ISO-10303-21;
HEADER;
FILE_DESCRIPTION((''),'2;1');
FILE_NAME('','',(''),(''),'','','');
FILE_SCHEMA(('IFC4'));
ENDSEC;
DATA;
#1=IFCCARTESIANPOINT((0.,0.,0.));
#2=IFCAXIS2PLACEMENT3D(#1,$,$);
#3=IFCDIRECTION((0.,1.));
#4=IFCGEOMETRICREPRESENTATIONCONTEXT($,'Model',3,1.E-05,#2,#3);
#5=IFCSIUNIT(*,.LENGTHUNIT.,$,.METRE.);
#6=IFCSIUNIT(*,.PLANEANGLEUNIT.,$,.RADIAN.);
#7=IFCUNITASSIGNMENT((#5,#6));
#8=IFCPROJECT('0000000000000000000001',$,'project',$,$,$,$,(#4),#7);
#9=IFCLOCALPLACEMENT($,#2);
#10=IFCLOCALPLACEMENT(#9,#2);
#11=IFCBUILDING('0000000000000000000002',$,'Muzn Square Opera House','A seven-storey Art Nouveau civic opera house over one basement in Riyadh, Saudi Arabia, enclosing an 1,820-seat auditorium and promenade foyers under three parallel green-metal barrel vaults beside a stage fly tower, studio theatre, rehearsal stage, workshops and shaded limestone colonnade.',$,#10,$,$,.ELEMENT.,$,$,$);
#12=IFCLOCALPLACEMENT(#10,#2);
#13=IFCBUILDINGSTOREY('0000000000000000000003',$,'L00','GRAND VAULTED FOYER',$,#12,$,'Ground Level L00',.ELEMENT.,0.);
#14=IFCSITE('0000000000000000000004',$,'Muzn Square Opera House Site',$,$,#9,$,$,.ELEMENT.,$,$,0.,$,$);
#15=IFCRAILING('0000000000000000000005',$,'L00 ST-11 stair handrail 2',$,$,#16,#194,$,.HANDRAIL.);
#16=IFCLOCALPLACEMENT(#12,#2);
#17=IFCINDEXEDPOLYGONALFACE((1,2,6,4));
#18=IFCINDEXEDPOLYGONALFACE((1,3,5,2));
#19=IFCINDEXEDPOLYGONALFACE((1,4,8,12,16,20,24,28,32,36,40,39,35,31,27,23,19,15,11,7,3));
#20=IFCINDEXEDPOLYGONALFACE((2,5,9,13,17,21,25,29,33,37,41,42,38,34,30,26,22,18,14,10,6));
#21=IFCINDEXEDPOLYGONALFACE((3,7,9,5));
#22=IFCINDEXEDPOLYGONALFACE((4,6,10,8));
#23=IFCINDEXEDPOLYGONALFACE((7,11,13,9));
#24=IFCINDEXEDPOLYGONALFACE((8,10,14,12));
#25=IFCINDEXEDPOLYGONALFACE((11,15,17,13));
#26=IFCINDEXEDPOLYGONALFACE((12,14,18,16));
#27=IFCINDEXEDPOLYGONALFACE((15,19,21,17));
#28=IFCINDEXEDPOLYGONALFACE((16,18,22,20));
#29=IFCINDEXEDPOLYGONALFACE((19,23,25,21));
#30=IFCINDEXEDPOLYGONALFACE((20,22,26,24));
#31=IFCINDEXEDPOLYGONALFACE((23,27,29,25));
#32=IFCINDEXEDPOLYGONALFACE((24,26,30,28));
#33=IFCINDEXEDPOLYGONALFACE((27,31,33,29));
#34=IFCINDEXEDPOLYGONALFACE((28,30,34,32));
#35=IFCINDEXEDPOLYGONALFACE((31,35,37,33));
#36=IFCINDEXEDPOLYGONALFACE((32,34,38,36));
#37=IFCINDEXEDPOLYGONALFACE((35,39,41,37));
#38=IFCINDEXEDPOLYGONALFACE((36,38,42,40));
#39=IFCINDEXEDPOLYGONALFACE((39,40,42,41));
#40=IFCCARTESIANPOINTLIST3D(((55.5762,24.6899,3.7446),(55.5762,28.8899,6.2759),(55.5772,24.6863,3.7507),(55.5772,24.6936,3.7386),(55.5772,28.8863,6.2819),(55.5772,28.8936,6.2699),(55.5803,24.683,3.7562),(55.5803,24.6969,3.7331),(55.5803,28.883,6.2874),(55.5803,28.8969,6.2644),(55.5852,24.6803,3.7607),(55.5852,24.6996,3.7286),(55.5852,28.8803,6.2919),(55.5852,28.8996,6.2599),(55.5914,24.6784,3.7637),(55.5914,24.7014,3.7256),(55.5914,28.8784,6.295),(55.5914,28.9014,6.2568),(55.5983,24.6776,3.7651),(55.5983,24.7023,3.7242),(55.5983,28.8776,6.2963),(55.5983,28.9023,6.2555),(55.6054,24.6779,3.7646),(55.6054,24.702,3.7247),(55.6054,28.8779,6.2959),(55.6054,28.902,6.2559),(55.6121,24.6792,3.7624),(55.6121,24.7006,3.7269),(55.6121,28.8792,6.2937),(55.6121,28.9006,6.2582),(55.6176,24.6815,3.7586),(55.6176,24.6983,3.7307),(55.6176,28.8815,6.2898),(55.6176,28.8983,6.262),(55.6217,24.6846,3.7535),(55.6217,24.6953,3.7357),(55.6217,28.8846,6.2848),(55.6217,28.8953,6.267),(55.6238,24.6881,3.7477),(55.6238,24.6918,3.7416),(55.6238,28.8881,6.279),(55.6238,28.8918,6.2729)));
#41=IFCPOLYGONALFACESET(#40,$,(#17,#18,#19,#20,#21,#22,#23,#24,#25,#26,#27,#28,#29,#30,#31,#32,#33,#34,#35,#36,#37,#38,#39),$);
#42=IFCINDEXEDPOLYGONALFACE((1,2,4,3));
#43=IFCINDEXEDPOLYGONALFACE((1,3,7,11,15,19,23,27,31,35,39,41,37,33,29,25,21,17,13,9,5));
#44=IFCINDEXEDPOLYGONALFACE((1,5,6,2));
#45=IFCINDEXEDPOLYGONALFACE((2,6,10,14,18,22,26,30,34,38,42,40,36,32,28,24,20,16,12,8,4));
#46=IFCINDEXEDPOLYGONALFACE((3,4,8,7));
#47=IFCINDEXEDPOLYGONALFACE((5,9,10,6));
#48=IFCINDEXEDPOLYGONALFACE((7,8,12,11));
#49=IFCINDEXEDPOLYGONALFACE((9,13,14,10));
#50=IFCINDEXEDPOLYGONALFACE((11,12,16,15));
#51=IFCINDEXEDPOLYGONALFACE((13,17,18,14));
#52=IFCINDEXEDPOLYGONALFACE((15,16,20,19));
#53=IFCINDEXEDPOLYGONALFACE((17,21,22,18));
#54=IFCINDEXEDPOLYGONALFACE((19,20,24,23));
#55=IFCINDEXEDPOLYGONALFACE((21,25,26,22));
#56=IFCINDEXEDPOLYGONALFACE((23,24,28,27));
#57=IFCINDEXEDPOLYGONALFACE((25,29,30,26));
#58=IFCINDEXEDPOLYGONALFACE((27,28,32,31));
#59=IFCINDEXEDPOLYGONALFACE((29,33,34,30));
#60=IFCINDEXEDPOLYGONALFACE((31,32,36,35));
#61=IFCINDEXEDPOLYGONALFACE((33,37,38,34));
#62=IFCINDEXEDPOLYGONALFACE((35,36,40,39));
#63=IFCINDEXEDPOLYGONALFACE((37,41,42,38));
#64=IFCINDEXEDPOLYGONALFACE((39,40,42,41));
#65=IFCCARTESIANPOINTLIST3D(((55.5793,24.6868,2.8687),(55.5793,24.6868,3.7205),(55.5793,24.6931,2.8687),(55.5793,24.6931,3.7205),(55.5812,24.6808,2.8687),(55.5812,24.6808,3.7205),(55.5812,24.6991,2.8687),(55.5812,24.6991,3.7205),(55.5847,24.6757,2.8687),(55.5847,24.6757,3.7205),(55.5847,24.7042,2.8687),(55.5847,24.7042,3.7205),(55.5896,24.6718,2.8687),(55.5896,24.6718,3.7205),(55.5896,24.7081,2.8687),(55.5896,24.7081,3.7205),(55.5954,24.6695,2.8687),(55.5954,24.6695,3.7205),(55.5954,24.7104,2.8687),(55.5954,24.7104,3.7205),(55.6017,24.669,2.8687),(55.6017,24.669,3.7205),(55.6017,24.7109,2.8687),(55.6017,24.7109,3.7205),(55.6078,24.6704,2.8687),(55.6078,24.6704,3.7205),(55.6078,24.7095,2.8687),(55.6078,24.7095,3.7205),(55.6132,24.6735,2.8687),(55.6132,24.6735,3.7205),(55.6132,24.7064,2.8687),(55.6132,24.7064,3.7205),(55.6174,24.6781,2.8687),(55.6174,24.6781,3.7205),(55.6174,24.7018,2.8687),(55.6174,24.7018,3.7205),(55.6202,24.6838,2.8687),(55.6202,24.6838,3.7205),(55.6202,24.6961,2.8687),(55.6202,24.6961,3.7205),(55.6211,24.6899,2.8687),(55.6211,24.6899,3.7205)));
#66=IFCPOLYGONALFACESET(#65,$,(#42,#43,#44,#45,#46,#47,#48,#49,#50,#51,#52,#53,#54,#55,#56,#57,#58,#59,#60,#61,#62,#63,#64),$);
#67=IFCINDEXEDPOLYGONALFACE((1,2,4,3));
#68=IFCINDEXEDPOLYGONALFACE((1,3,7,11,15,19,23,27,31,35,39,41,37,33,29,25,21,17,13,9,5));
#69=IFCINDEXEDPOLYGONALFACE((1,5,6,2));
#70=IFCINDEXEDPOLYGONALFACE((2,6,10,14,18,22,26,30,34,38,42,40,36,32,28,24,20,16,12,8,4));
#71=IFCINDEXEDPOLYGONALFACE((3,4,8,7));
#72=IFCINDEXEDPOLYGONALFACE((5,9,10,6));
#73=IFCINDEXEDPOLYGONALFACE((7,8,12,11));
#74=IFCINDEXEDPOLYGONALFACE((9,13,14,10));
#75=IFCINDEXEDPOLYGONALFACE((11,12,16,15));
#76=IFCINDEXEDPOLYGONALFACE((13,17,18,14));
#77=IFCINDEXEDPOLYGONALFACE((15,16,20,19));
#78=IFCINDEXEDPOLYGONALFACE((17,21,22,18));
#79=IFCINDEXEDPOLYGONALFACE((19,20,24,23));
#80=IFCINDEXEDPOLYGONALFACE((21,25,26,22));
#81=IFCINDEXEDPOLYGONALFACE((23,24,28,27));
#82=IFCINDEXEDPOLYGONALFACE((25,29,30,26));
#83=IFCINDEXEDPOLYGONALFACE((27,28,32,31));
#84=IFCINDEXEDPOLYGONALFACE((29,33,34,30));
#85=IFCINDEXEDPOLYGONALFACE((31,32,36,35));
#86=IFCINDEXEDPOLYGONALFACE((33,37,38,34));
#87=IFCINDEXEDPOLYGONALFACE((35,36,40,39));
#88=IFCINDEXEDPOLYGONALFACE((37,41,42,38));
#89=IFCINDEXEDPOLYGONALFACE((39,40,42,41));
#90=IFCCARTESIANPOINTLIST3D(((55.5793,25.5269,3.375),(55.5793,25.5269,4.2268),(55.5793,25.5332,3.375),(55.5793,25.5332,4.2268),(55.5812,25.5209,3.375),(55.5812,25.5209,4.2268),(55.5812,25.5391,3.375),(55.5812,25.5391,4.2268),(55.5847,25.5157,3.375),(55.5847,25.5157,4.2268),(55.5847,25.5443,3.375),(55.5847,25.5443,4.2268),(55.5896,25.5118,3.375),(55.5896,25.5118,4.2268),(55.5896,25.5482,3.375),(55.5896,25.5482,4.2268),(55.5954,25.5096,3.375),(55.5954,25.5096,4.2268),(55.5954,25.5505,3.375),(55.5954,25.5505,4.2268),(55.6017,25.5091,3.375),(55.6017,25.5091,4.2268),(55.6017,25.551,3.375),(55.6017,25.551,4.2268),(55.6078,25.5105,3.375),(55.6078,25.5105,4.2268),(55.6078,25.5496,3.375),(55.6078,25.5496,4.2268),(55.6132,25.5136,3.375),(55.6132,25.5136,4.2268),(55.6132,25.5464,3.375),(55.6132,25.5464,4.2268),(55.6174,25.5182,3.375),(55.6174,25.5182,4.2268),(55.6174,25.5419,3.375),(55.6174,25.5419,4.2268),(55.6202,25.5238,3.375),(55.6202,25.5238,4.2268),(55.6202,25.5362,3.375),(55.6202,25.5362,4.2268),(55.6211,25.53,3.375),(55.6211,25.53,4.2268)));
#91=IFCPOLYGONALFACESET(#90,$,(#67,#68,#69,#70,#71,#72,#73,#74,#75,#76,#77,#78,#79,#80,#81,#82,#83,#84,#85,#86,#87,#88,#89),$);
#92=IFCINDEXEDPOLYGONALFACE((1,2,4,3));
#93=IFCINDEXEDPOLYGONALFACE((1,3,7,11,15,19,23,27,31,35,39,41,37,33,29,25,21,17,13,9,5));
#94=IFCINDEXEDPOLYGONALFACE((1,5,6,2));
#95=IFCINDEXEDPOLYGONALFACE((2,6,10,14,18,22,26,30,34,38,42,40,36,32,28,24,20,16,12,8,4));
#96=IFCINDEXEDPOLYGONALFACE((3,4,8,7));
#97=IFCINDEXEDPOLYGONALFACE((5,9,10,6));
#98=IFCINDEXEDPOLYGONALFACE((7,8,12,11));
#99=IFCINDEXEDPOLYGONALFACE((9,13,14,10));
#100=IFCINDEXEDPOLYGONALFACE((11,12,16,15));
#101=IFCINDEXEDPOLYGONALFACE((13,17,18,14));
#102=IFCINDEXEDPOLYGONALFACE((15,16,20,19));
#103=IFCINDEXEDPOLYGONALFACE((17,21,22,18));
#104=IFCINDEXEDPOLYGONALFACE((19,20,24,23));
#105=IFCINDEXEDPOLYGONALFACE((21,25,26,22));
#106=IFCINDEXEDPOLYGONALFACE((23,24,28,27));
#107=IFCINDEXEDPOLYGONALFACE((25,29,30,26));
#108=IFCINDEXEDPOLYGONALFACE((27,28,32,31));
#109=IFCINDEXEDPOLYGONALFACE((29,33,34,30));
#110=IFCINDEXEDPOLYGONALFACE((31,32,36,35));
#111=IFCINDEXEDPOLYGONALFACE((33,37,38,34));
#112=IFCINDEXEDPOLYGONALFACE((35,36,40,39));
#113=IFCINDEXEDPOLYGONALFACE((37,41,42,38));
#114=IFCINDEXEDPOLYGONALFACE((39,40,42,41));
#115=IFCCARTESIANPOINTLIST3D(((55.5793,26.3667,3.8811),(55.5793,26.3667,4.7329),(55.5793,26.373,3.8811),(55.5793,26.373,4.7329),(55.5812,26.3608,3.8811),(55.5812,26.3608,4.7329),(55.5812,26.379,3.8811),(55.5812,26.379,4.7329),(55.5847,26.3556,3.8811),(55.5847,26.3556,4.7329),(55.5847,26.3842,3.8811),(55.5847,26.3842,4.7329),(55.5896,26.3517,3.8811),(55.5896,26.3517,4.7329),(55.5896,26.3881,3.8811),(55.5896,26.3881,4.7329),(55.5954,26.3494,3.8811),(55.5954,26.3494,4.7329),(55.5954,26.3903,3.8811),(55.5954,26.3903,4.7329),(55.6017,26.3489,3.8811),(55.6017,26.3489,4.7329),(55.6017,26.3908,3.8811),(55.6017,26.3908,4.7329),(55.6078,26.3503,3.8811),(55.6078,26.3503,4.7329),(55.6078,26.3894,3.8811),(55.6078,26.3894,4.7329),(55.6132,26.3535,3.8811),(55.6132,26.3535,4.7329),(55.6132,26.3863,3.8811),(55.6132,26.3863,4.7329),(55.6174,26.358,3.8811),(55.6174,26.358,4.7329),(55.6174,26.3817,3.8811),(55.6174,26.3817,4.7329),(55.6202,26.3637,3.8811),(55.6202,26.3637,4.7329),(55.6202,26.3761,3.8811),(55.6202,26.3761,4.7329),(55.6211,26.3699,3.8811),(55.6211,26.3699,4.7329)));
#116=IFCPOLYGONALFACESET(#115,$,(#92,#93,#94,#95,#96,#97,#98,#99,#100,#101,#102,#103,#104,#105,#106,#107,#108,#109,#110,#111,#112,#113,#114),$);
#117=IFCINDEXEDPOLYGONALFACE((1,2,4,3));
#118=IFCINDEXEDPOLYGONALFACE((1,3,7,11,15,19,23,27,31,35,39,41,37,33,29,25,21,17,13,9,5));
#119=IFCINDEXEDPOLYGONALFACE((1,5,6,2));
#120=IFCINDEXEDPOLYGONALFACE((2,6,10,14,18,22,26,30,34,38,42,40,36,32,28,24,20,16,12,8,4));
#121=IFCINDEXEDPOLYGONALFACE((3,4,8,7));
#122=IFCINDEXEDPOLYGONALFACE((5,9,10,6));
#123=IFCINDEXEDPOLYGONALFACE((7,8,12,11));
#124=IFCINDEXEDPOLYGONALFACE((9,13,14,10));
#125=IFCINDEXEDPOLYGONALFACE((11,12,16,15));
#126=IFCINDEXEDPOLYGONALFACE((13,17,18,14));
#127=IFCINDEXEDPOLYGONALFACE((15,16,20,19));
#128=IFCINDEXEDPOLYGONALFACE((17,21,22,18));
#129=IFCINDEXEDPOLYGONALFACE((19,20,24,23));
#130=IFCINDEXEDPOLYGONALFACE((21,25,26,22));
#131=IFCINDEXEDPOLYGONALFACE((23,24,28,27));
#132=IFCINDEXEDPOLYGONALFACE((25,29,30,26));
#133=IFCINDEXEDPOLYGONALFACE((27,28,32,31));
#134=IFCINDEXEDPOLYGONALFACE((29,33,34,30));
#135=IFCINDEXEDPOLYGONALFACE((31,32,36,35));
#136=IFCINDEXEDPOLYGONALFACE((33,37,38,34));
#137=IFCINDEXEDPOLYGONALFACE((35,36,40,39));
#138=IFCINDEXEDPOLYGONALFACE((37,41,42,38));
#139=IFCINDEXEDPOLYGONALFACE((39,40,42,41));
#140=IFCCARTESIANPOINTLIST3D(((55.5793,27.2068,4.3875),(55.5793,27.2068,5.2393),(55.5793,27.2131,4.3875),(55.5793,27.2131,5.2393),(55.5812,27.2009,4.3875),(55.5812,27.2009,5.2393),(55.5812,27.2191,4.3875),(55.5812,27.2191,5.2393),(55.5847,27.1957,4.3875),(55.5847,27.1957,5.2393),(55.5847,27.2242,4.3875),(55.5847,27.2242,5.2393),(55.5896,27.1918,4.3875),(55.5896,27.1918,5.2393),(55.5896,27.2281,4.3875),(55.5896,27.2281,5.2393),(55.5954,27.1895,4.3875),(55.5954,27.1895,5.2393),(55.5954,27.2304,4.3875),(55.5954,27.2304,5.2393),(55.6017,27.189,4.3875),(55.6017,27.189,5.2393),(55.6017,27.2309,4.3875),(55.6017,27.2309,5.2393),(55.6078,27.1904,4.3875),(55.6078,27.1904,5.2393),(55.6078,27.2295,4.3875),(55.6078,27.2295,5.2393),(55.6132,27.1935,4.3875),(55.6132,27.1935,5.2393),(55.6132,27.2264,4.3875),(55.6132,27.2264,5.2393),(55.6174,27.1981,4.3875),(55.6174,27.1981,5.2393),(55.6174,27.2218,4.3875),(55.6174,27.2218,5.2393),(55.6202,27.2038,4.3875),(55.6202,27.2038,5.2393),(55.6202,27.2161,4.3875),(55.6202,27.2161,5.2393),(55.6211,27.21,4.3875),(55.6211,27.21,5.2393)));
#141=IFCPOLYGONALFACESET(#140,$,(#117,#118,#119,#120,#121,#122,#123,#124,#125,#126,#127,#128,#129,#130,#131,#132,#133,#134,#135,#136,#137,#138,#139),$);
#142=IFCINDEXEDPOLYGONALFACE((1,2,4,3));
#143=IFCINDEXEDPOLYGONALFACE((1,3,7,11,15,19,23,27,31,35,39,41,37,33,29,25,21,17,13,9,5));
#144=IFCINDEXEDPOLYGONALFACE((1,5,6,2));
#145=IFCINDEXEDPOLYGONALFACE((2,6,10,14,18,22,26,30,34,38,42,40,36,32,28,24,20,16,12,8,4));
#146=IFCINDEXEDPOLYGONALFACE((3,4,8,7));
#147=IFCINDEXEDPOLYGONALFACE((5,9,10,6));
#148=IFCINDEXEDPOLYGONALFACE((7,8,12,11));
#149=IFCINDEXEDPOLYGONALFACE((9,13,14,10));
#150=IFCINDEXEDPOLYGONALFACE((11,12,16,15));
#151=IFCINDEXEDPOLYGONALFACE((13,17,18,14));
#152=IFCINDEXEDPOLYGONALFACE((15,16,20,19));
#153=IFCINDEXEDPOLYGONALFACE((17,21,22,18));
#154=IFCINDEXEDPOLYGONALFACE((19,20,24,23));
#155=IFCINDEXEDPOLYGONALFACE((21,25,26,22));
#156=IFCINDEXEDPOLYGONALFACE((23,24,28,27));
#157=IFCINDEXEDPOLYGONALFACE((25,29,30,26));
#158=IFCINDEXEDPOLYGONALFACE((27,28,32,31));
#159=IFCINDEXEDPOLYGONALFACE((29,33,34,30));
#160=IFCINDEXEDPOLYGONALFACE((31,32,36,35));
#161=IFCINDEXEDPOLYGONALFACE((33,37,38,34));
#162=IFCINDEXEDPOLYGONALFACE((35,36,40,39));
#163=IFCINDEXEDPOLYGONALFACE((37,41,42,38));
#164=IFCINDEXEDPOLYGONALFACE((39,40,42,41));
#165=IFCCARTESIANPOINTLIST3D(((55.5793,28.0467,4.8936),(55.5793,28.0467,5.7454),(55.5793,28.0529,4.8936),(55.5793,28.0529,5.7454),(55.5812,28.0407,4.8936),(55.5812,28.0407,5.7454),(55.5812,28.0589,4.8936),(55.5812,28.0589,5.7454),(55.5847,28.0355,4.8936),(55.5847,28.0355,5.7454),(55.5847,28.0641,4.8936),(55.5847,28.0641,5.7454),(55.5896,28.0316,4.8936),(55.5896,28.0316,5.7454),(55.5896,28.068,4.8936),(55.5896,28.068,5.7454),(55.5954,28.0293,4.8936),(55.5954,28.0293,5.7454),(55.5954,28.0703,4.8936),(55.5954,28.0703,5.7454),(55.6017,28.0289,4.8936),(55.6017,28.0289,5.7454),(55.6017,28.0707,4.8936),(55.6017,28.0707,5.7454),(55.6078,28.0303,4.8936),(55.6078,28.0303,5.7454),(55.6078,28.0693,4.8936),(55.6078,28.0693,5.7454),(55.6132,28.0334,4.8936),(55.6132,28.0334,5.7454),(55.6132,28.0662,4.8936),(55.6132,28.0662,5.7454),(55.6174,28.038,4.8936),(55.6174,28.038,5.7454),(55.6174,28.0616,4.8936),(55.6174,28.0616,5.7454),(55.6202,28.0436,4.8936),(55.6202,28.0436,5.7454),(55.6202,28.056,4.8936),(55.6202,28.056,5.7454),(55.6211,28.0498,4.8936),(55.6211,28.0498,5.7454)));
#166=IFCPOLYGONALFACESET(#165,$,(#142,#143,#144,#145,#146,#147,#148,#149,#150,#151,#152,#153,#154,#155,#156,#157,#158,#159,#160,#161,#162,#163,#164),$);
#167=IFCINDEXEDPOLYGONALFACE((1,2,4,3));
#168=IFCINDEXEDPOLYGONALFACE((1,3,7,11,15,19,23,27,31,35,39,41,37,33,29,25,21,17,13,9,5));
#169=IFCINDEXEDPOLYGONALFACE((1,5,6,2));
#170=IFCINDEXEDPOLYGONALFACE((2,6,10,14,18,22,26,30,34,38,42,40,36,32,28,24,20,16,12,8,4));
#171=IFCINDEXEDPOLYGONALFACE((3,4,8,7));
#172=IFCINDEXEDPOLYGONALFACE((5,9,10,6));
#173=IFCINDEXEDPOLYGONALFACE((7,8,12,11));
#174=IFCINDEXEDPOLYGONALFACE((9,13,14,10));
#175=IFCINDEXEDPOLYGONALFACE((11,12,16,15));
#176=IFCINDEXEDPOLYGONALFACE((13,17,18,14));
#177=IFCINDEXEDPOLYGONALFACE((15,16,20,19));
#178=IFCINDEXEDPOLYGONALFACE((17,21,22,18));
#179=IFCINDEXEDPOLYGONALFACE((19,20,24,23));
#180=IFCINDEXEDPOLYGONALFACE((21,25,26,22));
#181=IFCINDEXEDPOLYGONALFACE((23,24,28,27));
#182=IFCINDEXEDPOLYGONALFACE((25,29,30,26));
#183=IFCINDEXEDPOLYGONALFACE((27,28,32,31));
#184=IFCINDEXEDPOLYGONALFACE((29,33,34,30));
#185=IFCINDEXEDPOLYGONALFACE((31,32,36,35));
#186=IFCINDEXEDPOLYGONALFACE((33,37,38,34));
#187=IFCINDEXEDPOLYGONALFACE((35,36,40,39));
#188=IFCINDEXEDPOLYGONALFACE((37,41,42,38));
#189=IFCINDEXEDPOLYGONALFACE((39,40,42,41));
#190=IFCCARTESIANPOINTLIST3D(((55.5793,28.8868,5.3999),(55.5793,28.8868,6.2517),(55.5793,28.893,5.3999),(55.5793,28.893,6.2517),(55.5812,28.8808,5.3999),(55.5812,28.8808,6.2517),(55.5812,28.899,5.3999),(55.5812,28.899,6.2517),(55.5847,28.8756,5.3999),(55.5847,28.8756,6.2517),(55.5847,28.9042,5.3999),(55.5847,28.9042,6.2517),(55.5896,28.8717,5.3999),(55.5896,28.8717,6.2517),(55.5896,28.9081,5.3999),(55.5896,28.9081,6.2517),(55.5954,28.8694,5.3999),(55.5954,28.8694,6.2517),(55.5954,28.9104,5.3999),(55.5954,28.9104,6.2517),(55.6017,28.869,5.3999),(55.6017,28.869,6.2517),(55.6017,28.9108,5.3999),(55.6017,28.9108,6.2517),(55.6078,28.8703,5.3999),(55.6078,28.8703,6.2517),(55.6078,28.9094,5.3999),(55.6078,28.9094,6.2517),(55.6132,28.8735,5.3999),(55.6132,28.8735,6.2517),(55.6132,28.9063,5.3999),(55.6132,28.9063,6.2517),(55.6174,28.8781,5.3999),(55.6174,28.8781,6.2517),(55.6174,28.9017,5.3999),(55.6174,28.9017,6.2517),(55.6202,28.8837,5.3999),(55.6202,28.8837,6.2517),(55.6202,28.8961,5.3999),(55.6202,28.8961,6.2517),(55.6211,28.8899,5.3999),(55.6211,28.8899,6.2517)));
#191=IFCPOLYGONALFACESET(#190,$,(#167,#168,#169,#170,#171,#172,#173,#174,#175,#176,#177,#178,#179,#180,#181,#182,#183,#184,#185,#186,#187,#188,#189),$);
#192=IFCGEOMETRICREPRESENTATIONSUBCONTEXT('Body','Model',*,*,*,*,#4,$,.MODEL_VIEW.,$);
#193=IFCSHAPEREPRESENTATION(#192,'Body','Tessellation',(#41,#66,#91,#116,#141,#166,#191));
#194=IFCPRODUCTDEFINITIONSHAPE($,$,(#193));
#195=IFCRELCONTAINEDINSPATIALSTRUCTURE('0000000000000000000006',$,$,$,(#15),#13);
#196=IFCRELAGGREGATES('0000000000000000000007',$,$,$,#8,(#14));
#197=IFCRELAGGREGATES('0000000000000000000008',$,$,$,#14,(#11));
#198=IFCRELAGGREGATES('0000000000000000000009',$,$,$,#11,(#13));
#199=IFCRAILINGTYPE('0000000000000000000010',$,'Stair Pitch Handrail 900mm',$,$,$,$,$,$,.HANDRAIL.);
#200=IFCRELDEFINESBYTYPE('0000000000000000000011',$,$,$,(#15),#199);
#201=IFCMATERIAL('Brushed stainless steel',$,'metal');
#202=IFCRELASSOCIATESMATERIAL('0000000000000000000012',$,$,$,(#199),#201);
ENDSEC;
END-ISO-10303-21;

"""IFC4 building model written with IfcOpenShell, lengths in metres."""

from ifc_helpers import new_model, si_unit, direction, frame, origin, origin_2d, place, context, subcontext, project, spatial, circle, extrude, material, type_object, element, save


model = new_model("IFC4")

# Units and contexts
model_context = context("Model", 3, precision=1e-05, world=origin(), true_north=direction((0.0, 1.0)))
body_context = subcontext(model_context, "Body", "Model", "MODEL_VIEW")
ifc_project = project(units=[si_unit("LENGTHUNIT", "METRE"), si_unit("PLANEANGLEUNIT", "RADIAN")], contexts=[model_context])

# Site, building, storey
site_placement = place(None, origin())
site = spatial("IfcSite", under=ifc_project, at=site_placement, Name="Muzn Square Opera House Site", CompositionType="ELEMENT", RefElevation=0.0)
building_placement = place(site_placement, origin())
building = spatial("IfcBuilding", under=site, at=building_placement, Name="Muzn Square Opera House", Description="A seven-storey Art Nouveau civic opera house over one basement in Riyadh, Saudi Arabia, enclosing an 1,820-seat auditorium and promenade foyers under three parallel green-metal barrel vaults beside a stage fly tower, studio theatre, rehearsal stage, workshops and shaded limestone colonnade.", CompositionType="ELEMENT")
storey_placement = place(building_placement, origin())
storey = spatial("IfcBuildingStorey", under=building, at=storey_placement, Name="L00", Description="GRAND VAULTED FOYER", LongName="Ground Level L00", CompositionType="ELEMENT", Elevation=0.0)

# Shared definitions
ifc_material_1 = material(Name="Brushed stainless steel", Category="metal")

# Railing
railing_type_1 = type_object("IfcRailingType", Name="Stair Pitch Handrail 900mm", PredefinedType="HANDRAIL", material=ifc_material_1)
railing_1_placement = place(storey_placement, frame((55.6001, 24.6899, 2.8687)))
element("IfcRailing", 1, at=railing_1_placement, inside=storey, type_object=railing_type_1, Name="L00 ST-11 stair handrail 2", PredefinedType="HANDRAIL", context=body_context, shape_type="SweptSolid", body=[
    extrude(circle(Radius=0.0239, at=origin_2d()), frame((0.0, 0.0, 0.876), z_axis=(0.0, 0.856476, 0.516186), x_axis=(-1.0, 0.0, 0.0)), (0.0, 0.0, 1.0), 4.9038),
    extrude(circle(Radius=0.021, at=origin_2d()), origin(), (0.0, 0.0, 1.0), 0.8518),
    extrude(circle(Radius=0.021, at=origin_2d()), frame((0.0, 0.8401, 0.5063)), (0.0, 0.0, 1.0), 0.8518),
    extrude(circle(Radius=0.021, at=origin_2d()), frame((0.0, 1.6799, 1.0125)), (0.0, 0.0, 1.0), 0.8518),
    extrude(circle(Radius=0.021, at=origin_2d()), frame((0.0, 2.52, 1.5188)), (0.0, 0.0, 1.0), 0.8518),
    extrude(circle(Radius=0.021, at=origin_2d()), frame((0.0, 3.3599, 2.0249)), (0.0, 0.0, 1.0), 0.8518),
    extrude(circle(Radius=0.021, at=origin_2d()), frame((0.0, 4.2, 2.5312)), (0.0, 0.0, 1.0), 0.8518),
])

save(model, "model.ifc")
